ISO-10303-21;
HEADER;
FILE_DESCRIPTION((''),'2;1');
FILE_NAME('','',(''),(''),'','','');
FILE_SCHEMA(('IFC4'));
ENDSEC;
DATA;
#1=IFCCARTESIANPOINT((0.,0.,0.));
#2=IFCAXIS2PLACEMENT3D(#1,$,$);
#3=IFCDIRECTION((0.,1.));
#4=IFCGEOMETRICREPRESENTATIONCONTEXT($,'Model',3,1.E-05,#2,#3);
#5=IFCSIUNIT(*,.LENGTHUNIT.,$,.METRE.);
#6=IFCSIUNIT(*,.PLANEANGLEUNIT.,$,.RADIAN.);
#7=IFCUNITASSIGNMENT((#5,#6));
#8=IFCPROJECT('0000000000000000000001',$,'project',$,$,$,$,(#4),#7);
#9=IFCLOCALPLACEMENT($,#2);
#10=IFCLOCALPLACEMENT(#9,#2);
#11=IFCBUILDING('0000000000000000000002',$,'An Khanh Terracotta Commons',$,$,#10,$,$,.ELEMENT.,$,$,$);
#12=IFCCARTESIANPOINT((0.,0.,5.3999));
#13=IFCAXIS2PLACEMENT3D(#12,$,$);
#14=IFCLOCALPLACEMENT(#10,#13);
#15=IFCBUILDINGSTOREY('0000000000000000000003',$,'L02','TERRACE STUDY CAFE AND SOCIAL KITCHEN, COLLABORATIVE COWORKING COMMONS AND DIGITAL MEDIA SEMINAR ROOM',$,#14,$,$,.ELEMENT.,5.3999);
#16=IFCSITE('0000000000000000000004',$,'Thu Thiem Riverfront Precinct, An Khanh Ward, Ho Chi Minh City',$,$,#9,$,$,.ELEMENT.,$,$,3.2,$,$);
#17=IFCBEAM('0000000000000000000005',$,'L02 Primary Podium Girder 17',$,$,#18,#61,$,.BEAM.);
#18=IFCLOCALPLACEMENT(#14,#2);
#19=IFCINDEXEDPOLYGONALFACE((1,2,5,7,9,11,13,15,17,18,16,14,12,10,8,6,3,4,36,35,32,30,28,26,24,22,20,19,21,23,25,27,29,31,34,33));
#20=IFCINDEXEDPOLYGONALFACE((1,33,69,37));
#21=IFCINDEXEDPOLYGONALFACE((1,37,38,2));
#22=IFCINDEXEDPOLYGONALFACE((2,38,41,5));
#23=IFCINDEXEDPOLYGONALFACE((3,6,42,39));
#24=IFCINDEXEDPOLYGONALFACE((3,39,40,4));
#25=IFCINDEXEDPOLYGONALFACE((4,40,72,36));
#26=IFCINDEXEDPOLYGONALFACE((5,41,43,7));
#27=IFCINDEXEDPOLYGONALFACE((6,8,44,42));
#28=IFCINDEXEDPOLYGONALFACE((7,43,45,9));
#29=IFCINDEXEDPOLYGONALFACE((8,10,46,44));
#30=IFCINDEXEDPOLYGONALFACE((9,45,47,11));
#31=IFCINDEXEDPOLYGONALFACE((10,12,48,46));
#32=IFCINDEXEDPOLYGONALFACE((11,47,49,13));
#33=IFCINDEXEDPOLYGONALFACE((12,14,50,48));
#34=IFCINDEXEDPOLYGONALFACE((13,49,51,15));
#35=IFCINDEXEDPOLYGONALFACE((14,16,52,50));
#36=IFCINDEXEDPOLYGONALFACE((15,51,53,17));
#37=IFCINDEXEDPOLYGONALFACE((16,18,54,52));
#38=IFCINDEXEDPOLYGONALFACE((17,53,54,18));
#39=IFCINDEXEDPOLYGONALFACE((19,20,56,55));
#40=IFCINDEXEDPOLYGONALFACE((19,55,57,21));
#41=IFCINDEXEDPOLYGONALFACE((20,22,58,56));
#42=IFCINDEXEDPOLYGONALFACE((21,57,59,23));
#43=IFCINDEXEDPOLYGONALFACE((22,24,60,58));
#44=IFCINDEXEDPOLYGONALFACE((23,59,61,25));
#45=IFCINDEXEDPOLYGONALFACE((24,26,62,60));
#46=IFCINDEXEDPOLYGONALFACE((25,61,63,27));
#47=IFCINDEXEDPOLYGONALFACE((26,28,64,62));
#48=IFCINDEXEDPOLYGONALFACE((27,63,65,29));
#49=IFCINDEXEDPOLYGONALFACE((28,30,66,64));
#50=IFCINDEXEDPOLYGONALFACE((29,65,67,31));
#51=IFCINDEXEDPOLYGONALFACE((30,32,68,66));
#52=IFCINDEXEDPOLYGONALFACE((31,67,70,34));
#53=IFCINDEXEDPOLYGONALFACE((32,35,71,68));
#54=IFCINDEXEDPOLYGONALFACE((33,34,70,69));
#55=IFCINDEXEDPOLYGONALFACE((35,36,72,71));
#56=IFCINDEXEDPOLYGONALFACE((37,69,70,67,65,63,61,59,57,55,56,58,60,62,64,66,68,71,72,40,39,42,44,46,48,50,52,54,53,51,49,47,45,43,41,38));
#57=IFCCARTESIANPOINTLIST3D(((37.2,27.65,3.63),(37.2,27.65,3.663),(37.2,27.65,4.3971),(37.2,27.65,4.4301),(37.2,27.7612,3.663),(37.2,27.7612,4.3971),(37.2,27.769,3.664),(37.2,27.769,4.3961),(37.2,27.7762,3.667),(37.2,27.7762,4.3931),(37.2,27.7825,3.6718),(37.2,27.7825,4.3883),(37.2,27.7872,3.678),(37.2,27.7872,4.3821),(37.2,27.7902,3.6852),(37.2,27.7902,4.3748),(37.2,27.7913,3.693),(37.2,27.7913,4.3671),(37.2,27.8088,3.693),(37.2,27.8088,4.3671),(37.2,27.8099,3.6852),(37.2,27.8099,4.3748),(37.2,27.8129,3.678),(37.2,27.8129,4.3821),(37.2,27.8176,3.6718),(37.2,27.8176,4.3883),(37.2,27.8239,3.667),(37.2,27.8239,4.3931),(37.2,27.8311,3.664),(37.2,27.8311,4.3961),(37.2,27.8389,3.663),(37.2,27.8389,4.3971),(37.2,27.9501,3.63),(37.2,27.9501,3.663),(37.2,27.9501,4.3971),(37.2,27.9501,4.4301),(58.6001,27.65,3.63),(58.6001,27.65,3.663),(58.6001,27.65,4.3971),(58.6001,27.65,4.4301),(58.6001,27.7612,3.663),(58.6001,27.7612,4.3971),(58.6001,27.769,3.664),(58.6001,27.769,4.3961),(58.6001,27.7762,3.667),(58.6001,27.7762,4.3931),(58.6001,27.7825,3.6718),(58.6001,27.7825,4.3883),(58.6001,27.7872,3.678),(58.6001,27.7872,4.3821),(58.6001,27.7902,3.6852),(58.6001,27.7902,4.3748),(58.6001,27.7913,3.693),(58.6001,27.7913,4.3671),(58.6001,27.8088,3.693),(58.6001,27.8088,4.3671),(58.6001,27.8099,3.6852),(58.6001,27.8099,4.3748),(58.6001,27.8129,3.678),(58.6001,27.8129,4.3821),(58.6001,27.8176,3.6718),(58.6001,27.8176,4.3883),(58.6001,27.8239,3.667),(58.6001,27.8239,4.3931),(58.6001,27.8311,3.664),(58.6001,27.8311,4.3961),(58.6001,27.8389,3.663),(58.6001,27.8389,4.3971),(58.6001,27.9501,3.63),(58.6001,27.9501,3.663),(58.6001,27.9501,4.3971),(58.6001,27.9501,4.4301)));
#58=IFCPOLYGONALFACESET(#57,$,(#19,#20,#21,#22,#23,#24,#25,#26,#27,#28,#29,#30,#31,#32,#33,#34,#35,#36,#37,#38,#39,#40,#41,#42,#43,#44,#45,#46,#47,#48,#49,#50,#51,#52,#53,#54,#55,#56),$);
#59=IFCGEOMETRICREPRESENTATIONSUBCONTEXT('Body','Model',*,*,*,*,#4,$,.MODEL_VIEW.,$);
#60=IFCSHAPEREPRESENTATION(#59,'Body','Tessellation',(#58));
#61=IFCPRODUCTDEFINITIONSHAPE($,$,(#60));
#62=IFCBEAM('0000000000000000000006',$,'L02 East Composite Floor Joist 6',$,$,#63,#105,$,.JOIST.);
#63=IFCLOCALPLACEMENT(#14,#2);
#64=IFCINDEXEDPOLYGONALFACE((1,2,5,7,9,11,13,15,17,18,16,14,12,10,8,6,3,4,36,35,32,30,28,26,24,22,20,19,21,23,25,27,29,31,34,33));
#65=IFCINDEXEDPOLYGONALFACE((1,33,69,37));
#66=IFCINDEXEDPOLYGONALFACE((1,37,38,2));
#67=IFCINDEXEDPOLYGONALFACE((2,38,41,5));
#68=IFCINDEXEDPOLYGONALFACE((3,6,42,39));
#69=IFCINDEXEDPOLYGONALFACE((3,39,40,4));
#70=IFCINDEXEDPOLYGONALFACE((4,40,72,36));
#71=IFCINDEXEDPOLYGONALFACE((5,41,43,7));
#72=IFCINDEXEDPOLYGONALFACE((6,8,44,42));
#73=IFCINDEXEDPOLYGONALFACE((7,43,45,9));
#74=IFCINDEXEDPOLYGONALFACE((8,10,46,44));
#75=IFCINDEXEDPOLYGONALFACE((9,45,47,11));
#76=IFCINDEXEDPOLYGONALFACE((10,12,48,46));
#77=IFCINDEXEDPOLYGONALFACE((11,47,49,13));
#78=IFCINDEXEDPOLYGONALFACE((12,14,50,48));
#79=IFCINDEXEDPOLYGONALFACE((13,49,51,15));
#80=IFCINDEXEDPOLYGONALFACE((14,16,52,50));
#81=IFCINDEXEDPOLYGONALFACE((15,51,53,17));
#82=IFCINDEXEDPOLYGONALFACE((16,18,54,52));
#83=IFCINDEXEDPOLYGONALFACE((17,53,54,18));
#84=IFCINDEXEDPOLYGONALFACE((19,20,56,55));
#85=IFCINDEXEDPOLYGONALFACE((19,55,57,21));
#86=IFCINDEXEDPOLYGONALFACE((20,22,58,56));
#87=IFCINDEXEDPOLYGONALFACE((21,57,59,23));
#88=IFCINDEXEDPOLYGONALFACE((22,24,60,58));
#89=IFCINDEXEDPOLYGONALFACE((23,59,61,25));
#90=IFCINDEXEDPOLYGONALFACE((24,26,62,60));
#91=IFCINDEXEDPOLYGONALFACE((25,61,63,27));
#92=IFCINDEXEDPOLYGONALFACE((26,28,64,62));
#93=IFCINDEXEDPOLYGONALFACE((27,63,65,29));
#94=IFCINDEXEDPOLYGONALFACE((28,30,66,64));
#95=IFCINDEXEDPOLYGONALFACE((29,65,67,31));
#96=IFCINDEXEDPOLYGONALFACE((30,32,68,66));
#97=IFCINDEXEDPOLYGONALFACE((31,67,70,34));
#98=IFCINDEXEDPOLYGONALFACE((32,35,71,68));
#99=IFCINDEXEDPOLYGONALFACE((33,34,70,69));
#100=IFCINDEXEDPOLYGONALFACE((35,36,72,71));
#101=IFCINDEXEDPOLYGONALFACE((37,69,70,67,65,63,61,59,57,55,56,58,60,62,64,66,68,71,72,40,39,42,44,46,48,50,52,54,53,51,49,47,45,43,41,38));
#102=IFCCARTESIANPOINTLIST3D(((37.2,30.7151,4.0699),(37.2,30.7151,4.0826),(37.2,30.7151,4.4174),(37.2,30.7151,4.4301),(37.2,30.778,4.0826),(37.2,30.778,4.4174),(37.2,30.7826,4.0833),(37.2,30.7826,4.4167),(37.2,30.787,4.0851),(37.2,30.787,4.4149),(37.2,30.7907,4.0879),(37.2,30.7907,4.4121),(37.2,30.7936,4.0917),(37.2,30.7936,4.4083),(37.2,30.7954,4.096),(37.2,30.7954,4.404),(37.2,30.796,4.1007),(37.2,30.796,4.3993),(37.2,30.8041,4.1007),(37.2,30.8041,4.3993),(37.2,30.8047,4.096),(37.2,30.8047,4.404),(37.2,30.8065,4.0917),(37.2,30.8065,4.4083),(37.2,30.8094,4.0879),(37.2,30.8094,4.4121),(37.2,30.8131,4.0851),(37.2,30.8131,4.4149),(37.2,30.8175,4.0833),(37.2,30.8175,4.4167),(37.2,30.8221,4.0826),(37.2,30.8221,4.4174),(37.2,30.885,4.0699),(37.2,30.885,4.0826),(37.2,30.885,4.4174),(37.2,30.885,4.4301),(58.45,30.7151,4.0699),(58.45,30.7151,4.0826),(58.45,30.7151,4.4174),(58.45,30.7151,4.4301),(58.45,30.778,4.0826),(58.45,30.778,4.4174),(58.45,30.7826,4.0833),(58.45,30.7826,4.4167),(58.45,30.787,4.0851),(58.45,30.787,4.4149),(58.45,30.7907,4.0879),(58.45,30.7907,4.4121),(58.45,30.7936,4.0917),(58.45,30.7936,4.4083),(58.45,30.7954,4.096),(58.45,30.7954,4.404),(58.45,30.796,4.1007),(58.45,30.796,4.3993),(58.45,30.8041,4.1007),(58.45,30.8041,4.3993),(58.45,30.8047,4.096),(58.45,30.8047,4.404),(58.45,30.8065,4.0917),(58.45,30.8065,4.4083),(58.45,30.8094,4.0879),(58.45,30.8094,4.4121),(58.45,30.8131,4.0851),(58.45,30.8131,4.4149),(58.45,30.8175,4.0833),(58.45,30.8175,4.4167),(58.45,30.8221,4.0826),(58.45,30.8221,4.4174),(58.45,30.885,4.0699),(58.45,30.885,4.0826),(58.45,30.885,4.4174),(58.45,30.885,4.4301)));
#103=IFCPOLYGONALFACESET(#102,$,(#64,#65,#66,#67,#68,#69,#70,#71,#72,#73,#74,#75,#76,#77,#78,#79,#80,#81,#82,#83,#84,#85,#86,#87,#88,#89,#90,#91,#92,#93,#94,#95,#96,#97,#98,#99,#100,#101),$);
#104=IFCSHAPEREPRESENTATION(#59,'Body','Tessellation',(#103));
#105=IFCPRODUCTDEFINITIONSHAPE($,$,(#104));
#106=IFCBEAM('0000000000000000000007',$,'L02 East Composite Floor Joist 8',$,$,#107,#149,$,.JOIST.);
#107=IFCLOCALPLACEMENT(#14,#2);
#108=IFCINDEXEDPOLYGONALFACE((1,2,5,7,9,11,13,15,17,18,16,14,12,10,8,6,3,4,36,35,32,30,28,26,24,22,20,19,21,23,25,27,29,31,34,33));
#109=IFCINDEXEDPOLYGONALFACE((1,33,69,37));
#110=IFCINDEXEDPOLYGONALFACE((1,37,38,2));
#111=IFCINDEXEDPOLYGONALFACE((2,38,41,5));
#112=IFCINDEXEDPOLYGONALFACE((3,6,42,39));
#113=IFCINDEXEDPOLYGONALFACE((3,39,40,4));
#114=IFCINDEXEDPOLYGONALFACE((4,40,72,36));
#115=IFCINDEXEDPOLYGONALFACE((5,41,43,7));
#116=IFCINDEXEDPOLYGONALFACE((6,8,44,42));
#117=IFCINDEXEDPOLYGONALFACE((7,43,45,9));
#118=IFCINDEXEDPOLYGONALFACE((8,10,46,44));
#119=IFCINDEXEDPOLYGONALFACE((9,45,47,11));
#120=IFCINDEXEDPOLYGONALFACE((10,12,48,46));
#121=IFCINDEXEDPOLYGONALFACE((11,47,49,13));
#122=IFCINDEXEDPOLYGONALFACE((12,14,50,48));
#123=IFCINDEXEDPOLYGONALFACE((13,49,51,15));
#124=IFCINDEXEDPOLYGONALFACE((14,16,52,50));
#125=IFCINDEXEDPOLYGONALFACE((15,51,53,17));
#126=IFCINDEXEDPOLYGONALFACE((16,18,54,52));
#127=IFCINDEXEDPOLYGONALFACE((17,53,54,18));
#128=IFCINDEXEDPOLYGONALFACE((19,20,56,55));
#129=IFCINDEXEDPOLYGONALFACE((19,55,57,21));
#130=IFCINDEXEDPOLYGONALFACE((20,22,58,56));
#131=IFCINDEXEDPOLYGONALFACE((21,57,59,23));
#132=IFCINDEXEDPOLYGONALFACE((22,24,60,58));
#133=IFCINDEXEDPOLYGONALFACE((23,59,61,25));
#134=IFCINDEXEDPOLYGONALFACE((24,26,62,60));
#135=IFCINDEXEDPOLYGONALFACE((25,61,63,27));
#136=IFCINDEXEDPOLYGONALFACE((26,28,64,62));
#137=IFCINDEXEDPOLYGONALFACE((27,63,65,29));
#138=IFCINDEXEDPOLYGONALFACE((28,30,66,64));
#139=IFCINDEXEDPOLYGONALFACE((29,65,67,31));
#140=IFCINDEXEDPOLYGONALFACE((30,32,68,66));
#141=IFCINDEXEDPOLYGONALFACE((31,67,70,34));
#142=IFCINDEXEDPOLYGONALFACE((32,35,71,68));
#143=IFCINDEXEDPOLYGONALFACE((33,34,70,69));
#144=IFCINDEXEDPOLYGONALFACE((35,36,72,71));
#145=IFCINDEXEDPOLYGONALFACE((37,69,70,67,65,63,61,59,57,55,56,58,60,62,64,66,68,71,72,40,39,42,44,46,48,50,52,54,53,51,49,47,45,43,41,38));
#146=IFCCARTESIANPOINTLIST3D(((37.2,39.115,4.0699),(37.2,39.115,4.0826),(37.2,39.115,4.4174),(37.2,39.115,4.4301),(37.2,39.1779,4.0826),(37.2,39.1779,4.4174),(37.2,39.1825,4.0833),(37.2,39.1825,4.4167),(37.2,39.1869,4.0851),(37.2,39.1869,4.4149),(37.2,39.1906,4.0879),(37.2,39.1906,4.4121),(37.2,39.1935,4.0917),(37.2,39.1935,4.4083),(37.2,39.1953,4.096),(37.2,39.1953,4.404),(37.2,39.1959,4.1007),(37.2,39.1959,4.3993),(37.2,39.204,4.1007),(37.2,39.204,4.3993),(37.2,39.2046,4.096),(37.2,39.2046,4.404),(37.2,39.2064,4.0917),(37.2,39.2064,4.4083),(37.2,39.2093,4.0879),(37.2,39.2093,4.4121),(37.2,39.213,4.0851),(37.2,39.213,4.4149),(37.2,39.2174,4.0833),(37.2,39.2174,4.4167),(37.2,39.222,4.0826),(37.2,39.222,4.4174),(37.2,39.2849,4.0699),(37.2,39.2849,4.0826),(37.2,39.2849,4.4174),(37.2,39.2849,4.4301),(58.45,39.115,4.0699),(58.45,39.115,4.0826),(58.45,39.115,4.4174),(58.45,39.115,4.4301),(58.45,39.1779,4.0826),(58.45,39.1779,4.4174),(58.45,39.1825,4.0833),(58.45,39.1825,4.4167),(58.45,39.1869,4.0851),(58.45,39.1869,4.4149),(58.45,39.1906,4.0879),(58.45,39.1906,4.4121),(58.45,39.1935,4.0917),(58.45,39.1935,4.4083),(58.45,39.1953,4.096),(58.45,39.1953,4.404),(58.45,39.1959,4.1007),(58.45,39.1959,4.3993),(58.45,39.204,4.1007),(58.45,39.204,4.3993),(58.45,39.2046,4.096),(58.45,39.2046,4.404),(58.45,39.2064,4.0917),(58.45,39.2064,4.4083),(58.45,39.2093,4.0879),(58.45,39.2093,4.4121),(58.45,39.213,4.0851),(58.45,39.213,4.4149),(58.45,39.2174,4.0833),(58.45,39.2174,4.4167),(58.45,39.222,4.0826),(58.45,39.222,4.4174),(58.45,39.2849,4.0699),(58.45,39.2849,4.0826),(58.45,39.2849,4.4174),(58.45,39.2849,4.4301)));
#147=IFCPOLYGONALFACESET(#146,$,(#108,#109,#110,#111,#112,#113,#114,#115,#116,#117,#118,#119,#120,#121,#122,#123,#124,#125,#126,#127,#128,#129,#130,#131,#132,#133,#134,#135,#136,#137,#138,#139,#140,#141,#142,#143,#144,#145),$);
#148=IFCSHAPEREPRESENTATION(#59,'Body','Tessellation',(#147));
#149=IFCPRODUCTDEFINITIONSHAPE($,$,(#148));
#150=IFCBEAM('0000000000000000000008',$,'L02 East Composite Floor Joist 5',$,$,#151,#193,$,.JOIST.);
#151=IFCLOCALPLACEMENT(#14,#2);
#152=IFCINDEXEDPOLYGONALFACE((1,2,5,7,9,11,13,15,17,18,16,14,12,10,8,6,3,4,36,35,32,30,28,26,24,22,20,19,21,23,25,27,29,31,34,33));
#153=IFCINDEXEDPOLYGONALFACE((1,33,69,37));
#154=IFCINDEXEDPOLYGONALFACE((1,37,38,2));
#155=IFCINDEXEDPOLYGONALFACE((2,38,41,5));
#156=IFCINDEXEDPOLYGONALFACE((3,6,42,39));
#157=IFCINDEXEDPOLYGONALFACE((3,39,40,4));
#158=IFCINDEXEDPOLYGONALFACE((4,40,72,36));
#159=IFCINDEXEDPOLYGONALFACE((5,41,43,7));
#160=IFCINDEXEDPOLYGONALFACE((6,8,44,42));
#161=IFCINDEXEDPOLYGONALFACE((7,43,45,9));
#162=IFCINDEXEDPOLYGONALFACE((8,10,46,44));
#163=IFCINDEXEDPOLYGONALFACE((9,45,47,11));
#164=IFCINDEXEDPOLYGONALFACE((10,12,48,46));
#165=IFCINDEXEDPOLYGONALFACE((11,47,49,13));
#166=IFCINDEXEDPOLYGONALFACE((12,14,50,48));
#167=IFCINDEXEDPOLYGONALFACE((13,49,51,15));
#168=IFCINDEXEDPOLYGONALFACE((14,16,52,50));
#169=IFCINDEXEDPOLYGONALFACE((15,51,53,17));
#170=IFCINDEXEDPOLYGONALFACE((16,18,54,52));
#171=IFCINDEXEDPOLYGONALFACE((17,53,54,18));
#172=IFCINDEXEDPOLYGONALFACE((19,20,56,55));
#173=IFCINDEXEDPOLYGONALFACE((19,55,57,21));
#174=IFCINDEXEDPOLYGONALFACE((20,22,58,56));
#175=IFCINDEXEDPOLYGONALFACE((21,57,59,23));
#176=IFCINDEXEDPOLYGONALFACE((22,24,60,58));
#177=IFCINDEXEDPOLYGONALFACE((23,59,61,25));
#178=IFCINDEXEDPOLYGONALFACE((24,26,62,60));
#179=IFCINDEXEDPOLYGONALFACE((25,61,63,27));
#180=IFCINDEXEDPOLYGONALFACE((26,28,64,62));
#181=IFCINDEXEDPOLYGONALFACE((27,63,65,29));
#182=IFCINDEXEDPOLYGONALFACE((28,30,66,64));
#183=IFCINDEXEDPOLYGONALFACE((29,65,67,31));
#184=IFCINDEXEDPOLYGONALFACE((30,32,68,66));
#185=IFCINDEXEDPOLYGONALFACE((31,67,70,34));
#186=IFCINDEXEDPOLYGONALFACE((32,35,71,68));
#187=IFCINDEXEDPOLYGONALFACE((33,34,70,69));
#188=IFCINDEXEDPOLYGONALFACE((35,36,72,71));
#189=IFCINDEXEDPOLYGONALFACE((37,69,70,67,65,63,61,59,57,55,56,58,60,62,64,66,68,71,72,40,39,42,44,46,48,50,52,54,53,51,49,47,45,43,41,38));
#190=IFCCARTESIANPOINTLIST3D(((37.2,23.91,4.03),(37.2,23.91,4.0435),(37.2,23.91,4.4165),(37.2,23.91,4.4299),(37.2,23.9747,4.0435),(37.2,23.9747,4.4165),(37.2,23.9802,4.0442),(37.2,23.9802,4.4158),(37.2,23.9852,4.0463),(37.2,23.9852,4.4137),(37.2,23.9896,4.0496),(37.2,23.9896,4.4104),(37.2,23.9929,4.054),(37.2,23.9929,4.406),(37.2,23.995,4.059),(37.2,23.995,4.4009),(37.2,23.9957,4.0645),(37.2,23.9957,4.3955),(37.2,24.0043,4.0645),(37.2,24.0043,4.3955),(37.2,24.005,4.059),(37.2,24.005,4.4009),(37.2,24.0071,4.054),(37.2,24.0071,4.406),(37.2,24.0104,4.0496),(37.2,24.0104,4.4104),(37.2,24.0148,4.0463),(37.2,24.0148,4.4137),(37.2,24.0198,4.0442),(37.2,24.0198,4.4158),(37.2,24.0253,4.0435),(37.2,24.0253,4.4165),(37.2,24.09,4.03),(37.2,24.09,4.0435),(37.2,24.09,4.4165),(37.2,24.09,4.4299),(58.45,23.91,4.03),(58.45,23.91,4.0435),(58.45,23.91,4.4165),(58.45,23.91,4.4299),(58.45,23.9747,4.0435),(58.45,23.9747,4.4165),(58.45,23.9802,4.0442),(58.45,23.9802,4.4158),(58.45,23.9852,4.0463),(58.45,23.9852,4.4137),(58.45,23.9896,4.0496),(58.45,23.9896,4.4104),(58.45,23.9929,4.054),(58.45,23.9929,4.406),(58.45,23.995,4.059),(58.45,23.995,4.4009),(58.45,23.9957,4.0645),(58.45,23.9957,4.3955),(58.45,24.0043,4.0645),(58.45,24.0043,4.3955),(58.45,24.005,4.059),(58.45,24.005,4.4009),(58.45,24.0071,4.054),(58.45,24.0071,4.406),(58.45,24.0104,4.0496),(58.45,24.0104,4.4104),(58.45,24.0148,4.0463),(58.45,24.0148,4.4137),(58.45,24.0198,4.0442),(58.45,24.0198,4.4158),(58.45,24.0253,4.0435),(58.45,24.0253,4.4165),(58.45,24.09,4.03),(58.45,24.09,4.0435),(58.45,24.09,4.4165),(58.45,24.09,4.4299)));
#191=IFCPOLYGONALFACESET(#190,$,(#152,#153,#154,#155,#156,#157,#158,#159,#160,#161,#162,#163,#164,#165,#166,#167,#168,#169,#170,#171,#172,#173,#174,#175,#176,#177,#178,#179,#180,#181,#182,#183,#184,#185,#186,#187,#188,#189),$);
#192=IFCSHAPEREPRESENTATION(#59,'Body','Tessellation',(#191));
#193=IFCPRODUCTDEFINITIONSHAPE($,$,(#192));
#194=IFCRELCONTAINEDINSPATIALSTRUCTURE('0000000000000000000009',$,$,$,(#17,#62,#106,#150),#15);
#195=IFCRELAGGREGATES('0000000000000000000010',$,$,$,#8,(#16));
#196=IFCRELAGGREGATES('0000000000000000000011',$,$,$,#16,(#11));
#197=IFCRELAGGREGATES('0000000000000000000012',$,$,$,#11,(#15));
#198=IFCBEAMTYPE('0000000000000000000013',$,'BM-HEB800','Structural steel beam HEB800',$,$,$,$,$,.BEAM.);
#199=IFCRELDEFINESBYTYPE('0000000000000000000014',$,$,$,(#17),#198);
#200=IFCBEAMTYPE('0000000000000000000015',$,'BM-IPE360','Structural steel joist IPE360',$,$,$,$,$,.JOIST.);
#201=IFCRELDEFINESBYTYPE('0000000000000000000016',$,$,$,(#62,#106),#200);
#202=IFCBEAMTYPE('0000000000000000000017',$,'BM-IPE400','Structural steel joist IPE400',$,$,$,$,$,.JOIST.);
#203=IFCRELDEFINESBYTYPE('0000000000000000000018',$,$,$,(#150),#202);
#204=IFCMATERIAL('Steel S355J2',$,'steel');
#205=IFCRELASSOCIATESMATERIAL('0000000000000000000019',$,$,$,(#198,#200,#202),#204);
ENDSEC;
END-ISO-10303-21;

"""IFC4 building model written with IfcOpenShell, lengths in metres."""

from ifc_helpers import new_model, si_unit, direction, frame, origin, origin_2d, place, context, subcontext, project, spatial, i_section, extrude, material, material_profile, profile_set, type_object, element, save


model = new_model("IFC4")

# Units and contexts
model_context = context("Model", 3, precision=1e-05, world=origin(), true_north=direction((0.0, 1.0)))
body_context = subcontext(model_context, "Body", "Model", "MODEL_VIEW")
ifc_project = project(units=[si_unit("LENGTHUNIT", "METRE"), si_unit("PLANEANGLEUNIT", "RADIAN")], contexts=[model_context])

# Site, building, storey
site_placement = place(None, origin())
site = spatial("IfcSite", under=ifc_project, at=site_placement, Name="Thu Thiem Riverfront Precinct, An Khanh Ward, Ho Chi Minh City", CompositionType="ELEMENT", RefElevation=3.2)
building_placement = place(site_placement, origin())
building = spatial("IfcBuilding", under=site, at=building_placement, Name="An Khanh Terracotta Commons", CompositionType="ELEMENT")
storey_placement = place(building_placement, frame((0.0, 0.0, 5.3999)))
storey = spatial("IfcBuildingStorey", under=building, at=storey_placement, Name="L02", Description="TERRACE STUDY CAFE AND SOCIAL KITCHEN, COLLABORATIVE COWORKING COMMONS AND DIGITAL MEDIA SEMINAR ROOM", CompositionType="ELEMENT", Elevation=5.3999)

# Beams
ifc_material_1 = material(Name="Steel S355J2", Category="steel")
ifc_material_profile_1 = material_profile(ifc_material_1, i_section(OverallWidth=0.3, OverallDepth=0.8, WebThickness=0.0176, FlangeThickness=0.033, FilletRadius=0.03, at=origin_2d()), Name="HEB800")
ifc_profile_set_1 = profile_set([ifc_material_profile_1], Name="Steel S355J2")
beam_type_1 = type_object("IfcBeamType", Name="BM-HEB800", Description="Structural steel beam HEB800", PredefinedType="BEAM", material=ifc_profile_set_1)
beam_1_placement = place(storey_placement, frame((37.2, 27.8, 4.03), z_axis=(1.0, 0.0, 0.0), x_axis=(0.0, 1.0, 0.0)))
element("IfcBeam", 1, at=beam_1_placement, inside=storey, type_object=beam_type_1, Name="L02 Primary Podium Girder 17", PredefinedType="BEAM", context=body_context, shape_type="SweptSolid", body=[
    extrude(i_section(OverallWidth=0.3, OverallDepth=0.8, WebThickness=0.0176, FlangeThickness=0.033, FilletRadius=0.03, at=origin_2d()), origin(), (0.0, 0.0, 1.0), 21.4001),
])
ifc_material_profile_2 = material_profile(ifc_material_1, i_section(OverallWidth=0.1699, OverallDepth=0.3601, WebThickness=0.0081, FlangeThickness=0.0127, FilletRadius=0.0181, at=origin_2d()), Name="IPE360")
ifc_profile_set_2 = profile_set([ifc_material_profile_2], Name="Steel S355J2")
beam_type_2 = type_object("IfcBeamType", Name="BM-IPE360", Description="Structural steel joist IPE360", PredefinedType="JOIST", material=ifc_profile_set_2)
for number, where, z_axis, x_axis, name in (
    (2, (37.2, 30.8, 4.25), (1.0, 0.0, 0.0), (0.0, 1.0, 0.0), "L02 East Composite Floor Joist 6"),
    (3, (37.2, 39.2, 4.25), (1.0, 0.0, 0.0), (0.0, 1.0, 0.0), "L02 East Composite Floor Joist 8"),
):
    element("IfcBeam", number, at=place(storey_placement, frame(where, z_axis=z_axis, x_axis=x_axis)), inside=storey, type_object=beam_type_2, Name=name, PredefinedType="JOIST", context=body_context, shape_type="SweptSolid", body=[
        extrude(i_section(OverallWidth=0.1699, OverallDepth=0.3601, WebThickness=0.0081, FlangeThickness=0.0127, FilletRadius=0.0181, at=origin_2d()), origin(), (0.0, 0.0, 1.0), 21.25),
    ])
ifc_material_profile_3 = material_profile(ifc_material_1, i_section(OverallWidth=0.1799, OverallDepth=0.3999, WebThickness=0.0085, FlangeThickness=0.0134, FilletRadius=0.021, at=origin_2d()), Name="IPE400")
ifc_profile_set_3 = profile_set([ifc_material_profile_3], Name="Steel S355J2")
beam_type_3 = type_object("IfcBeamType", Name="BM-IPE400", Description="Structural steel joist IPE400", PredefinedType="JOIST", material=ifc_profile_set_3)
for number, where, z_axis, x_axis, name in (
    (4, (37.2, 24.0, 4.23), (1.0, 0.0, 0.0), (0.0, 1.0, 0.0), "L02 East Composite Floor Joist 5"),
):
    element("IfcBeam", number, at=place(storey_placement, frame(where, z_axis=z_axis, x_axis=x_axis)), inside=storey, type_object=beam_type_3, Name=name, PredefinedType="JOIST", context=body_context, shape_type="SweptSolid", body=[
        extrude(i_section(OverallWidth=0.1799, OverallDepth=0.3999, WebThickness=0.0085, FlangeThickness=0.0134, FilletRadius=0.021, at=origin_2d()), origin(), (0.0, 0.0, 1.0), 21.25),
    ])

save(model, "model.ifc")
